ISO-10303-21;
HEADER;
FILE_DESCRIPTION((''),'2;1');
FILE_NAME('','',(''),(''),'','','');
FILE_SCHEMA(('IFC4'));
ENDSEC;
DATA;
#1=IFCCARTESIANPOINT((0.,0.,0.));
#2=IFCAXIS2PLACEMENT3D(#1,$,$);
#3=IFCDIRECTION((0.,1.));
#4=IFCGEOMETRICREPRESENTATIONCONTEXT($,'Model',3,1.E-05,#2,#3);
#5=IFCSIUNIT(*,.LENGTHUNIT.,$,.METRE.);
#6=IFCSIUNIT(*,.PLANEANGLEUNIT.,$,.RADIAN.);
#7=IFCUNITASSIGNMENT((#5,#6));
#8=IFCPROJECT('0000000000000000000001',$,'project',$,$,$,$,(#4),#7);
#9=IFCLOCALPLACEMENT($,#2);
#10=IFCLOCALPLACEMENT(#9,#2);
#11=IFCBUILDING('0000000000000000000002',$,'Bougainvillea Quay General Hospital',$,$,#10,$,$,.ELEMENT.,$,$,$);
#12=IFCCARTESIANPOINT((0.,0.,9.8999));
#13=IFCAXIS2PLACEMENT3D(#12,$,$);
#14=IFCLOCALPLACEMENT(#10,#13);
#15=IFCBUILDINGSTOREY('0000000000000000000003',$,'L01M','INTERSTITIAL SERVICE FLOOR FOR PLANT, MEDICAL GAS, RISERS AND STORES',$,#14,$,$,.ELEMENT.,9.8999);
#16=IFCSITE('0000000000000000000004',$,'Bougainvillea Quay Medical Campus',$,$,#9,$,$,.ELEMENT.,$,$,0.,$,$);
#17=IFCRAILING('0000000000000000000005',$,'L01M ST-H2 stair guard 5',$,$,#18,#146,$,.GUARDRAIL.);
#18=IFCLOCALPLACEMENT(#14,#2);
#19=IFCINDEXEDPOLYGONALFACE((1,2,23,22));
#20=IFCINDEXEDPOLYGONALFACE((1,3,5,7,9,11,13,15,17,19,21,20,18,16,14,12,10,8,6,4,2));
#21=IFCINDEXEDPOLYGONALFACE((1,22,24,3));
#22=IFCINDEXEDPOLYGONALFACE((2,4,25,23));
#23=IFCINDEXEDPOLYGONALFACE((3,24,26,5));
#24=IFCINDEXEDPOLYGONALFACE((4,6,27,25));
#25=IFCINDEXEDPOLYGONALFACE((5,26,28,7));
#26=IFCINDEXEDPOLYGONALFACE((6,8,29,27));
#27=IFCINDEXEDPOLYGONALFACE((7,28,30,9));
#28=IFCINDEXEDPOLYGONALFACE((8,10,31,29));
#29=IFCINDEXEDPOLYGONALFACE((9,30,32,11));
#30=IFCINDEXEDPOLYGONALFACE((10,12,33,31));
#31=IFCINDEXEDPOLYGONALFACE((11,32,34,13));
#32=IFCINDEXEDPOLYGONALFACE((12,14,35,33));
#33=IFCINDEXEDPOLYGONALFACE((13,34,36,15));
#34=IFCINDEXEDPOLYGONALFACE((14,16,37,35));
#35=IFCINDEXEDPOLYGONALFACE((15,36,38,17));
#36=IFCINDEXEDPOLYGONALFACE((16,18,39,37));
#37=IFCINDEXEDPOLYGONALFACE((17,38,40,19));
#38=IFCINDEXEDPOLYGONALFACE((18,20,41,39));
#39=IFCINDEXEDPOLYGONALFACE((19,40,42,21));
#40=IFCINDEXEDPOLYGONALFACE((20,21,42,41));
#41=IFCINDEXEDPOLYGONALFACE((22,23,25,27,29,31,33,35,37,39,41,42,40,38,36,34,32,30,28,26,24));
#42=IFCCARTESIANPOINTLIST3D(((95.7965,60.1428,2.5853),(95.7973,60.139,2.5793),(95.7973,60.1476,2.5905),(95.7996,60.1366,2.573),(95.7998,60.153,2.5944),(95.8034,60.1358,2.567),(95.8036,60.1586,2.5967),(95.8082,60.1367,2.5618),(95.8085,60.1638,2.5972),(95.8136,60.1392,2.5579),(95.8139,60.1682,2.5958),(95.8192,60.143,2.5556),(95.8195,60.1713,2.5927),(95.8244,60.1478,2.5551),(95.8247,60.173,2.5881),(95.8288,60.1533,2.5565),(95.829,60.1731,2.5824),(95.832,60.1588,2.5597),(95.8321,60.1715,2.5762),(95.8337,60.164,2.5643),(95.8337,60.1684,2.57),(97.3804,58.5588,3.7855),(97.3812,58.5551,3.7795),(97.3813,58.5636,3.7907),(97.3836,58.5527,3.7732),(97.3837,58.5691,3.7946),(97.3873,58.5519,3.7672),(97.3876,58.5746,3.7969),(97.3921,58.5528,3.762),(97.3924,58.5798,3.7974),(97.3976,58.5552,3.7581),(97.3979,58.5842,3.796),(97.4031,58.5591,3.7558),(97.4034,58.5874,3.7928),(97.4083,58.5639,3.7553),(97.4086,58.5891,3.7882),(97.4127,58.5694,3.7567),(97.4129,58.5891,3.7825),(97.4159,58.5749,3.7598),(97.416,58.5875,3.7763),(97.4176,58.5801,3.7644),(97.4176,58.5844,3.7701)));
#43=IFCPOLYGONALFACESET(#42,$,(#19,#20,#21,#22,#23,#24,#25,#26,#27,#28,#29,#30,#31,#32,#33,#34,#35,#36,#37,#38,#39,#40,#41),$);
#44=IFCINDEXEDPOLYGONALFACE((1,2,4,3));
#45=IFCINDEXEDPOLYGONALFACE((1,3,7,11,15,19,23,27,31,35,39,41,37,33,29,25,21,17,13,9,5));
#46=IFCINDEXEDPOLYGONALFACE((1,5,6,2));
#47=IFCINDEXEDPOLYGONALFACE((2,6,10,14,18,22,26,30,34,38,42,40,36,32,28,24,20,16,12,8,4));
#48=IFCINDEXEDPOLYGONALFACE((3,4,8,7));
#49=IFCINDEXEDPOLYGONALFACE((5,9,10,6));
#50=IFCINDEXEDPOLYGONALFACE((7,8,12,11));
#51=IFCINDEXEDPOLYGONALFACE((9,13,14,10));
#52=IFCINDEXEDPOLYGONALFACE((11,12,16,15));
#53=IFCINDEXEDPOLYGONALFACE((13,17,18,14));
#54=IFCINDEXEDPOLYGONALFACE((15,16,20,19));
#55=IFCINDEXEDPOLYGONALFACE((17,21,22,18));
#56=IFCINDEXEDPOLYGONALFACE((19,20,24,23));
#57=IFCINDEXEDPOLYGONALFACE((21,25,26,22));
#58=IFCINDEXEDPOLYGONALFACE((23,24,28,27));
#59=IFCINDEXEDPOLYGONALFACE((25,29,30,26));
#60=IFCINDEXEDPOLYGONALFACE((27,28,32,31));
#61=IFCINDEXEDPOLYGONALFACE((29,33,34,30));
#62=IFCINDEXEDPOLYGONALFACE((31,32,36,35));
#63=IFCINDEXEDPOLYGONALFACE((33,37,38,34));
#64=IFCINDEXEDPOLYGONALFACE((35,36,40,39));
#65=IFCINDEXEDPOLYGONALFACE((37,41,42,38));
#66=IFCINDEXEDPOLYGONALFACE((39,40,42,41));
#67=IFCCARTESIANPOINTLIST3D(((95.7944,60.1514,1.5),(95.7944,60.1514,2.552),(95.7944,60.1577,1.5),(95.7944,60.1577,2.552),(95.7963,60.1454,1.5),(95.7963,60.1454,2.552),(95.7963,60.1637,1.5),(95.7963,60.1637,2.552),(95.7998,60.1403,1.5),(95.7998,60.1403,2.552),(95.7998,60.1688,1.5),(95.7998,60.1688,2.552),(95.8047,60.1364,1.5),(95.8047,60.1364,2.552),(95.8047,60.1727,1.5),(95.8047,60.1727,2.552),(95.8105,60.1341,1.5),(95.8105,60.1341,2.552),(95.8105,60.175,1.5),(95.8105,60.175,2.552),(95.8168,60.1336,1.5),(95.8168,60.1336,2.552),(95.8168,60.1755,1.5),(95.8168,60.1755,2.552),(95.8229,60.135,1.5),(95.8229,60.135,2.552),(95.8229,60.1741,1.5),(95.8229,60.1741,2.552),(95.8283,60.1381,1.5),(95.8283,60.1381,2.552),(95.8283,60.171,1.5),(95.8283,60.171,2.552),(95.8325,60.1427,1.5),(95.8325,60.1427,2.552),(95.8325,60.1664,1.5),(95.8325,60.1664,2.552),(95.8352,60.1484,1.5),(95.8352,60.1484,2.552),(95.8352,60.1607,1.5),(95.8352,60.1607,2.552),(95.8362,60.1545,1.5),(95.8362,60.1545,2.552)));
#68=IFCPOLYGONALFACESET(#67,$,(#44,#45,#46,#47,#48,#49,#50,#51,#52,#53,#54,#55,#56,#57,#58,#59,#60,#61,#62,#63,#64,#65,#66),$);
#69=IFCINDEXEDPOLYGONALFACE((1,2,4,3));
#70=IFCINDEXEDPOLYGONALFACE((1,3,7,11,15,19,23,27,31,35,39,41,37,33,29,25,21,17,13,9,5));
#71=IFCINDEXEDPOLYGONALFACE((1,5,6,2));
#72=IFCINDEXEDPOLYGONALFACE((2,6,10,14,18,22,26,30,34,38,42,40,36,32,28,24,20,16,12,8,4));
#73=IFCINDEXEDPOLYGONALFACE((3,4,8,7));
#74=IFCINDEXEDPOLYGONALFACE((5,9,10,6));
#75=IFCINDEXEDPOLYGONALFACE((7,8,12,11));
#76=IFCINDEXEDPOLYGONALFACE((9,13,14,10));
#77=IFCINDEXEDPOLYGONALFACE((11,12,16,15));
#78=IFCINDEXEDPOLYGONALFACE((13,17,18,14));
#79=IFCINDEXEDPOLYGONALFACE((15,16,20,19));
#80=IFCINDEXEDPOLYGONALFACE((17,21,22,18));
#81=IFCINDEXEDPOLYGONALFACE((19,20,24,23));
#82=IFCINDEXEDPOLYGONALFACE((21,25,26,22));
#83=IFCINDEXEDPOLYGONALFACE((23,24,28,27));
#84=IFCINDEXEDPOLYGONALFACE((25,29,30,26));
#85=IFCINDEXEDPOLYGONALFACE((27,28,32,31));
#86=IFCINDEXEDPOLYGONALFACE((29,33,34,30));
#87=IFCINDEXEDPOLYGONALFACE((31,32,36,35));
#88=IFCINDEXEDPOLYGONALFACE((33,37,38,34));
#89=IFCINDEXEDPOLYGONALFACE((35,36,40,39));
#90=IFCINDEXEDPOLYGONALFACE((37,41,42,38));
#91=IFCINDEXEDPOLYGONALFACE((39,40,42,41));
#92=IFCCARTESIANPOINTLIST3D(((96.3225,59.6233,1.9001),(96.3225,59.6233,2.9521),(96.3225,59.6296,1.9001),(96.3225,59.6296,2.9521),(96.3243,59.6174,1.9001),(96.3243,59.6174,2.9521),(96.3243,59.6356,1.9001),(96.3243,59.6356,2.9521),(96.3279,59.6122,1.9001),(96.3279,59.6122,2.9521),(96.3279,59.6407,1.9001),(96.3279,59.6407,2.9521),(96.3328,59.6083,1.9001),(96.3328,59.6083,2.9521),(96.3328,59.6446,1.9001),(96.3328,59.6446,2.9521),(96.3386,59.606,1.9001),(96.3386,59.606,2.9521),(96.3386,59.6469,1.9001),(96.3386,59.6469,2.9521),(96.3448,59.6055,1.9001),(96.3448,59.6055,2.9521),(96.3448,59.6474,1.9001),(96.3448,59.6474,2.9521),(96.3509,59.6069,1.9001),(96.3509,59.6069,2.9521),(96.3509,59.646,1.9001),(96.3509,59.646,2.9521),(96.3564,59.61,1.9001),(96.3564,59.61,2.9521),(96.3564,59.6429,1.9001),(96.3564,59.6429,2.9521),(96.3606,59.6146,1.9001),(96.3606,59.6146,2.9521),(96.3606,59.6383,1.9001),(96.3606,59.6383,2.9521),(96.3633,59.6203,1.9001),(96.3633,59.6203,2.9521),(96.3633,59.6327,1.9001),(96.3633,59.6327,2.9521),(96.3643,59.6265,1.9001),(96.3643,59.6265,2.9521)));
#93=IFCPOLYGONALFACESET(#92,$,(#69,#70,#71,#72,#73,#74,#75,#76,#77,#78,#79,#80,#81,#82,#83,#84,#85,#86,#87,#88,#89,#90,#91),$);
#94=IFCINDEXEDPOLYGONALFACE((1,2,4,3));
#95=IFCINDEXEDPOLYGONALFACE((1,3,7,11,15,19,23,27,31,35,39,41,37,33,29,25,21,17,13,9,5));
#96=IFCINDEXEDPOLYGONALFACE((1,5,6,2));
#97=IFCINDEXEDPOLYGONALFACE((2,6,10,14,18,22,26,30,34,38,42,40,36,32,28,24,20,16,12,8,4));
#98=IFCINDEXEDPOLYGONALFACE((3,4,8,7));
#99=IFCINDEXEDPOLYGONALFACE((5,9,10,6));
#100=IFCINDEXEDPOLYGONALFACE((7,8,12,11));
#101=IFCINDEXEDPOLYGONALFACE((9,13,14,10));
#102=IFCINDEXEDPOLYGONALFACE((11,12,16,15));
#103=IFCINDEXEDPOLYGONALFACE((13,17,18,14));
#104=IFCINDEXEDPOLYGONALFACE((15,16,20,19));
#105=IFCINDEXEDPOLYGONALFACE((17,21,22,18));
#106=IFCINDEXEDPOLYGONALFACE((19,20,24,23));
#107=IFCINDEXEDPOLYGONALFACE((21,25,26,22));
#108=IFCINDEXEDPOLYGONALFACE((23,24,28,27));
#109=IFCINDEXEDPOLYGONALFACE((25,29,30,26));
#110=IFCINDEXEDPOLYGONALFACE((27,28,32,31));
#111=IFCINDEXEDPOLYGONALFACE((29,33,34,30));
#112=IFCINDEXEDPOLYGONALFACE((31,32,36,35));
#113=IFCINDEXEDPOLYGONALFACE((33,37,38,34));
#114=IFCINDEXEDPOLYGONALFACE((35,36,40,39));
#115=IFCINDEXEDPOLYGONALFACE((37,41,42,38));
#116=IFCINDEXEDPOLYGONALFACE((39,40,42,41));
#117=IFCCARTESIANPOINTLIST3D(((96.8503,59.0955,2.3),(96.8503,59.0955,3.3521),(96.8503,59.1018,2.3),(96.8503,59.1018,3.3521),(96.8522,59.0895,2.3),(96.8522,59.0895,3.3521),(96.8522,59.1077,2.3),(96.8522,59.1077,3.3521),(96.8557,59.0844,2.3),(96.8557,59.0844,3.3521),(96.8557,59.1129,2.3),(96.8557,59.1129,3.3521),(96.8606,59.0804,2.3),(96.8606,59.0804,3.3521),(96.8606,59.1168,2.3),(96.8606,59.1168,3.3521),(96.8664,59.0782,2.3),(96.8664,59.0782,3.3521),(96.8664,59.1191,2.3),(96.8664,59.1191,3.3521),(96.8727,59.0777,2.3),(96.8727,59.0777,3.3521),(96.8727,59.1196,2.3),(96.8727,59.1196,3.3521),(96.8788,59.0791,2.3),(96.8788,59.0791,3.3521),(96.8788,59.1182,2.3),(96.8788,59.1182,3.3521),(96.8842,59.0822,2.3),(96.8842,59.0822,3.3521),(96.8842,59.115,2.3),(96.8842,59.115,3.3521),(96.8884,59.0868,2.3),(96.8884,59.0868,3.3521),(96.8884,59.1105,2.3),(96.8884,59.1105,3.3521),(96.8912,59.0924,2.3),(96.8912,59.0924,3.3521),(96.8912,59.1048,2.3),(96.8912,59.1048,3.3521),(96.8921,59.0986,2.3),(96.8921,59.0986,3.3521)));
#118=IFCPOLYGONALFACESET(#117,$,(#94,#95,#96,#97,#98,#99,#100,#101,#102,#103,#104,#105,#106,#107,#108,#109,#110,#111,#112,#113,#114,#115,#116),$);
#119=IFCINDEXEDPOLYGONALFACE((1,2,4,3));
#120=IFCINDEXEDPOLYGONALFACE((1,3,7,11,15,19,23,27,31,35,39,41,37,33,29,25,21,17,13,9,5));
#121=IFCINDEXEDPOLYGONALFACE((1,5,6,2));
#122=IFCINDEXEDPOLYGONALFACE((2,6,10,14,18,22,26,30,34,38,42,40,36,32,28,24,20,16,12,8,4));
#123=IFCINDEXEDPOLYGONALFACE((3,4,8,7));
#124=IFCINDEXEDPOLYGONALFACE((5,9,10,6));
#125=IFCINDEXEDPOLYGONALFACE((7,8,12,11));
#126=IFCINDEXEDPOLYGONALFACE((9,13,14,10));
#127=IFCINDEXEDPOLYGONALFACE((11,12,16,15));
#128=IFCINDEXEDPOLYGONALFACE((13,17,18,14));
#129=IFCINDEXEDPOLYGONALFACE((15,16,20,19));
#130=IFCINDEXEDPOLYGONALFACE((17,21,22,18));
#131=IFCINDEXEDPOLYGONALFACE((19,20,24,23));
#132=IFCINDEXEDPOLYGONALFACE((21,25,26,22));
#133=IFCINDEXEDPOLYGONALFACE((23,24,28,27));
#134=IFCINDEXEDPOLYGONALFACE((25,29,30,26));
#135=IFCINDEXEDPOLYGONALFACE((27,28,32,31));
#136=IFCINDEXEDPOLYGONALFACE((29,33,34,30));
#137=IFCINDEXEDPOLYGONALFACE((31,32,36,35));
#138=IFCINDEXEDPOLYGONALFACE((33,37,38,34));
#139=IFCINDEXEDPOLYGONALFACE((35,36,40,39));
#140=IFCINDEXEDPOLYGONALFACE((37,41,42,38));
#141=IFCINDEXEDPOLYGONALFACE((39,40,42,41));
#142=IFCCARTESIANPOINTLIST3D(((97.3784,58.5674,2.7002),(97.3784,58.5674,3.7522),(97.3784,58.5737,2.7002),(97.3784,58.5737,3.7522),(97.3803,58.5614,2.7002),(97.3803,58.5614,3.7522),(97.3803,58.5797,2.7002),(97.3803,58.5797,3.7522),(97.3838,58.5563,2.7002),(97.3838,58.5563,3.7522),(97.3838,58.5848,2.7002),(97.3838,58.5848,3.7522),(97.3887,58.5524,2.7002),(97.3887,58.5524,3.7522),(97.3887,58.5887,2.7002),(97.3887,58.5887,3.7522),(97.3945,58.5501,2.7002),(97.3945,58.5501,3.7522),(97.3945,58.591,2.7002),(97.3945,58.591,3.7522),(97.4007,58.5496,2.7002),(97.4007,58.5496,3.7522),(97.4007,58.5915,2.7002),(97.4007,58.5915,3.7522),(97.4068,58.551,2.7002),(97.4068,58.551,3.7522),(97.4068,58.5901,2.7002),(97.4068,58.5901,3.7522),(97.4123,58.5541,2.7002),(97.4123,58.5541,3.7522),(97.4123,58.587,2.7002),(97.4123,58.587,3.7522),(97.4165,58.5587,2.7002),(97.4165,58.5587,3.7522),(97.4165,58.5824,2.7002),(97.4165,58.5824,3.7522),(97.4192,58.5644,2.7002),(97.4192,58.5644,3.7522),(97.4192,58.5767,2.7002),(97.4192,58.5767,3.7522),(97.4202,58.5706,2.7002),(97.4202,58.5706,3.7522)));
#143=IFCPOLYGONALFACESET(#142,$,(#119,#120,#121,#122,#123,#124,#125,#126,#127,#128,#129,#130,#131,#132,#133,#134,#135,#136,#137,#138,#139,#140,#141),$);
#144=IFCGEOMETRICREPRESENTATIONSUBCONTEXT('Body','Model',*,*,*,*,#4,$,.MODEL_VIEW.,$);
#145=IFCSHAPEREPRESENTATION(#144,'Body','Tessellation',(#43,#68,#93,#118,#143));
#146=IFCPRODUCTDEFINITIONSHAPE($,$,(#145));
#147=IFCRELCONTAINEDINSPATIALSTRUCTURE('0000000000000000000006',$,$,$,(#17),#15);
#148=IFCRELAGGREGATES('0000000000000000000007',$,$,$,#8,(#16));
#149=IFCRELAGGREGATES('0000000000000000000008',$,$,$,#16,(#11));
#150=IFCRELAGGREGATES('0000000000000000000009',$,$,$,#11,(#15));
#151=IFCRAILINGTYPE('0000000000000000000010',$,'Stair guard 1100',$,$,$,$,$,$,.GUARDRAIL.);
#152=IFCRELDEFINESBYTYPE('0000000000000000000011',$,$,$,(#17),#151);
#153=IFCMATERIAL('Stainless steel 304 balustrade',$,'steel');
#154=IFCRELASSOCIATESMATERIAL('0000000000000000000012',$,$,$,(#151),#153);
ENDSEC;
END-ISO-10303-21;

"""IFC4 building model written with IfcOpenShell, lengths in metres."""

from ifc_helpers import new_model, si_unit, direction, frame, origin, origin_2d, place, context, subcontext, project, spatial, circle, extrude, material, type_object, element, save


model = new_model("IFC4")

# Units and contexts
model_context = context("Model", 3, precision=1e-05, world=origin(), true_north=direction((0.0, 1.0)))
body_context = subcontext(model_context, "Body", "Model", "MODEL_VIEW")
ifc_project = project(units=[si_unit("LENGTHUNIT", "METRE"), si_unit("PLANEANGLEUNIT", "RADIAN")], contexts=[model_context])

# Site, building, storey
site_placement = place(None, origin())
site = spatial("IfcSite", under=ifc_project, at=site_placement, Name="Bougainvillea Quay Medical Campus", CompositionType="ELEMENT", RefElevation=0.0)
building_placement = place(site_placement, origin())
building = spatial("IfcBuilding", under=site, at=building_placement, Name="Bougainvillea Quay General Hospital", CompositionType="ELEMENT")
storey_placement = place(building_placement, frame((0.0, 0.0, 9.8999)))
storey = spatial("IfcBuildingStorey", under=building, at=storey_placement, Name="L01M", Description="INTERSTITIAL SERVICE FLOOR FOR PLANT, MEDICAL GAS, RISERS AND STORES", CompositionType="ELEMENT", Elevation=9.8999)

# Railing
ifc_material_1 = material(Name="Stainless steel 304 balustrade", Category="steel")
railing_type_1 = type_object("IfcRailingType", Name="Stair guard 1100", PredefinedType="GUARDRAIL", material=ifc_material_1)
railing_1_placement = place(storey_placement, frame((95.8152, 60.1545, 1.5)))
element("IfcRailing", 1, at=railing_1_placement, inside=storey, type_object=railing_type_1, Name="L01M ST-H2 stair guard 5", PredefinedType="GUARDRAIL", context=body_context, shape_type="SweptSolid", body=[
    extrude(circle(Radius=0.0239, at=origin_2d()), frame((0.0, 0.0, 1.0762), z_axis=(0.623284, -0.623284, 0.472266), x_axis=(0.707107, 0.707107, 0.0)), (0.0, 0.0, 1.0), 2.5413),
    extrude(circle(Radius=0.021, at=origin_2d()), origin(), (0.0, 0.0, 1.0), 1.052),
    extrude(circle(Radius=0.021, at=origin_2d()), frame((0.5281, -0.5281, 0.4001)), (0.0, 0.0, 1.0), 1.052),
    extrude(circle(Radius=0.021, at=origin_2d()), frame((1.0559, -1.0559, 0.8)), (0.0, 0.0, 1.0), 1.052),
    extrude(circle(Radius=0.021, at=origin_2d()), frame((1.584, -1.584, 1.2002)), (0.0, 0.0, 1.0), 1.052),
])

save(model, "model.ifc")
